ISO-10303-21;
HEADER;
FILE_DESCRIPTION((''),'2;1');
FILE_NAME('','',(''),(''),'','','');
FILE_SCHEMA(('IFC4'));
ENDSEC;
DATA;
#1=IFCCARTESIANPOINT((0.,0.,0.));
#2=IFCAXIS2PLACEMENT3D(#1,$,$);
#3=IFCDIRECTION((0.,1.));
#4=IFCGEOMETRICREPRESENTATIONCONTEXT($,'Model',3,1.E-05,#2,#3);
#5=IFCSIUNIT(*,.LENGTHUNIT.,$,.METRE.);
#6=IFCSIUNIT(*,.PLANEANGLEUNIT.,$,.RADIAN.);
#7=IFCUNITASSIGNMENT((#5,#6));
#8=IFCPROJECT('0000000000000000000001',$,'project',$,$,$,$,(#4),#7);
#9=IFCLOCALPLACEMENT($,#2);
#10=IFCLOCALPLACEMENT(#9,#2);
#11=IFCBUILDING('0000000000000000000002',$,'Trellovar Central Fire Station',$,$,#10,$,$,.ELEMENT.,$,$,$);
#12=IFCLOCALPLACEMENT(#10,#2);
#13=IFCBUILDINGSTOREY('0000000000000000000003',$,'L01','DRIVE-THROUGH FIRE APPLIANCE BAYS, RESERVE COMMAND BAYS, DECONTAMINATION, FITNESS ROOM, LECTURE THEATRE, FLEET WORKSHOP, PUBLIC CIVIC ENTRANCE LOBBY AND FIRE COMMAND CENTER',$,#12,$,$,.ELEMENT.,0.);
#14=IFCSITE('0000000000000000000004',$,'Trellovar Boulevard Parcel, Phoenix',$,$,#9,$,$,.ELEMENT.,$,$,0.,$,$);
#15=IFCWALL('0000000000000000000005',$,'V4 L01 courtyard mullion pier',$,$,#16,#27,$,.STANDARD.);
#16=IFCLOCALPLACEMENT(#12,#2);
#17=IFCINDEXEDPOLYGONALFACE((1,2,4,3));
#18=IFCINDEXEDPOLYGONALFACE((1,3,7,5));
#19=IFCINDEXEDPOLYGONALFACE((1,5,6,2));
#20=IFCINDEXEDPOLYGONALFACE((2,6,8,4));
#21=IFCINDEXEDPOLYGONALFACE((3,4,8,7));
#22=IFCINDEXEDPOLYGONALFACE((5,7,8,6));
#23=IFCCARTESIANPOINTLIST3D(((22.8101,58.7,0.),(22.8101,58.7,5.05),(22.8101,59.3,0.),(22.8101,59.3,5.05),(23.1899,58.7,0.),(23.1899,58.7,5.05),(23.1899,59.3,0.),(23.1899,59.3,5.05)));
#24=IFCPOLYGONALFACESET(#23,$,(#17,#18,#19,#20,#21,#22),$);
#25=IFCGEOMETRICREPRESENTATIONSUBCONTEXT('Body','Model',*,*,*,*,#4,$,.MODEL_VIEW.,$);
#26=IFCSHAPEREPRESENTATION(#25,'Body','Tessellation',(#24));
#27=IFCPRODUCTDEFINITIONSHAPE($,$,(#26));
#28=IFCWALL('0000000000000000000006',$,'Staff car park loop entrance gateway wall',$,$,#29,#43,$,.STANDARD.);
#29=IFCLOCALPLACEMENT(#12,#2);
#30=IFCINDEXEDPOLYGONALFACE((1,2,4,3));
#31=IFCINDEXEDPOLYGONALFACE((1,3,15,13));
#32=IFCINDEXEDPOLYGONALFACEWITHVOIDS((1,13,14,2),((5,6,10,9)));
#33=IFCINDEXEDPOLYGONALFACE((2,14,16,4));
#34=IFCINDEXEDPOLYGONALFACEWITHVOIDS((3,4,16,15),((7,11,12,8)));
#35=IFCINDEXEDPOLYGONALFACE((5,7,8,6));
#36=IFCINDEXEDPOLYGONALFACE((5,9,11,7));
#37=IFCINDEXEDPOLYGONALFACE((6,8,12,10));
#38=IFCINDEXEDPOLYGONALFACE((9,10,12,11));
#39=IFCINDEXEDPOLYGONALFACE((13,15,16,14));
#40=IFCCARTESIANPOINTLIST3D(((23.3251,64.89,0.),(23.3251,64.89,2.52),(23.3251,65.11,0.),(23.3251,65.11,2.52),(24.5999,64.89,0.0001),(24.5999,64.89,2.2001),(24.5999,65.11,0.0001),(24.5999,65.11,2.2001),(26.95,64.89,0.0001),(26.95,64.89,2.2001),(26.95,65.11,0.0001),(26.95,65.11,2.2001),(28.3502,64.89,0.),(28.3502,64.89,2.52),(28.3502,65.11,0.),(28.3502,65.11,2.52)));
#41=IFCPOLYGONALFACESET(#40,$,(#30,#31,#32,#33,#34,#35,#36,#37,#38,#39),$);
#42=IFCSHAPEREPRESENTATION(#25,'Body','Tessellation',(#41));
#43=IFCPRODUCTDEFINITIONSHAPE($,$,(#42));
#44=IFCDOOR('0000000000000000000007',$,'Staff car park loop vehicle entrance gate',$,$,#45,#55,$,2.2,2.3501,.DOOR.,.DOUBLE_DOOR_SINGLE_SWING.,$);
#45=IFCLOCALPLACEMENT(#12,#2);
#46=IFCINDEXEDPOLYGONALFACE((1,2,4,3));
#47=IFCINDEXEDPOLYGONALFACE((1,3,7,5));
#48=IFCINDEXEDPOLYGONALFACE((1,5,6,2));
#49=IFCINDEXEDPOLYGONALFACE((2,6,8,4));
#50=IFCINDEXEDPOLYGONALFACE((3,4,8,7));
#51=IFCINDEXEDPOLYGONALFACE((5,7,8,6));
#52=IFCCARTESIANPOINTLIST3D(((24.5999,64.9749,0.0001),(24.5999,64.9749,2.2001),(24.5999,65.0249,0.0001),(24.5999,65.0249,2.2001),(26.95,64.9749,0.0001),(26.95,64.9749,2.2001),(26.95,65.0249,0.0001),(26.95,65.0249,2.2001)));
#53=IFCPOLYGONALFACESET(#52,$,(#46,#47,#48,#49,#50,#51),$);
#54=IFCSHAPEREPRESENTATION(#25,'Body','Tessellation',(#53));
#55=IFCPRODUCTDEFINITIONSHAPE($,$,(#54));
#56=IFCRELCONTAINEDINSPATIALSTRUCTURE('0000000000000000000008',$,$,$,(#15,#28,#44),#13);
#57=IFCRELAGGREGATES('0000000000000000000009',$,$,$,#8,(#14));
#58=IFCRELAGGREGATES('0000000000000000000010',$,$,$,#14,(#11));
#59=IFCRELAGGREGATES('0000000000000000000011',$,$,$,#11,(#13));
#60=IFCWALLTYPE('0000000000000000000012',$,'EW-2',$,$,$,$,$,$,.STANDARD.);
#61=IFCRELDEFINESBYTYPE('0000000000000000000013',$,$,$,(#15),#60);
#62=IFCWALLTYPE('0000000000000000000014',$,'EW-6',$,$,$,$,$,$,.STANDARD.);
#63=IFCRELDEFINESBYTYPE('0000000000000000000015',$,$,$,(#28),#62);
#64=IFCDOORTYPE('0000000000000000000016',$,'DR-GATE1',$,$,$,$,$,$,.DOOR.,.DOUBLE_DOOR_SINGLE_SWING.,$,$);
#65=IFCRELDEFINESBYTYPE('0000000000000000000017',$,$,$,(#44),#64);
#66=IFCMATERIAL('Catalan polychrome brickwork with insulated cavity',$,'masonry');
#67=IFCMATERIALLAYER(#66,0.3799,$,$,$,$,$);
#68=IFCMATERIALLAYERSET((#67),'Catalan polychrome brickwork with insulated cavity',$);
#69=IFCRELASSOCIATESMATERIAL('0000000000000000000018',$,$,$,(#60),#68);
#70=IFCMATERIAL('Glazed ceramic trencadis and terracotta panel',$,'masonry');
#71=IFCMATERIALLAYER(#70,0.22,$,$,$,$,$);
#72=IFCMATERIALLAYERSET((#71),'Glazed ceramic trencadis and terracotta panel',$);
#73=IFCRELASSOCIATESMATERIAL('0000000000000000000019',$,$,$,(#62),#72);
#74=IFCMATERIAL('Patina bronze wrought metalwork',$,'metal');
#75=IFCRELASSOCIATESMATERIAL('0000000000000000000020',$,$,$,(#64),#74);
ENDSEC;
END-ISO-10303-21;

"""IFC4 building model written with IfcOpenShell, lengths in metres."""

from ifc_helpers import new_model, si_unit, direction, frame, frame_2d, origin, place, context, subcontext, project, spatial, rectangle, extrude, material, layer, layer_set, type_object, element, fill, save


model = new_model("IFC4")

# Units and contexts
model_context = context("Model", 3, precision=1e-05, world=origin(), true_north=direction((0.0, 1.0)))
body_context = subcontext(model_context, "Body", "Model", "MODEL_VIEW")
ifc_project = project(units=[si_unit("LENGTHUNIT", "METRE"), si_unit("PLANEANGLEUNIT", "RADIAN")], contexts=[model_context])

# Site, building, storey
site_placement = place(None, origin())
site = spatial("IfcSite", under=ifc_project, at=site_placement, Name="Trellovar Boulevard Parcel, Phoenix", CompositionType="ELEMENT", RefElevation=0.0)
building_placement = place(site_placement, origin())
building = spatial("IfcBuilding", under=site, at=building_placement, Name="Trellovar Central Fire Station", CompositionType="ELEMENT")
storey_placement = place(building_placement, origin())
storey = spatial("IfcBuildingStorey", under=building, at=storey_placement, Name="L01", Description="DRIVE-THROUGH FIRE APPLIANCE BAYS, RESERVE COMMAND BAYS, DECONTAMINATION, FITNESS ROOM, LECTURE THEATRE, FLEET WORKSHOP, PUBLIC CIVIC ENTRANCE LOBBY AND FIRE COMMAND CENTER", CompositionType="ELEMENT", Elevation=0.0)

# Wall
ifc_material_1 = material(Name="Catalan polychrome brickwork with insulated cavity", Category="masonry")
ifc_layer_1 = layer(ifc_material_1, 0.3799)
ifc_layer_set_1 = layer_set([ifc_layer_1], Name="Catalan polychrome brickwork with insulated cavity")
wall_type_1 = type_object("IfcWallType", Name="EW-2", PredefinedType="STANDARD", material=ifc_layer_set_1)
wall_1_placement = place(storey_placement, frame((23.0, 58.7, 0.0), z_axis=(0.0, 0.0, 1.0), x_axis=(0.0, 1.0, 0.0)))
element("IfcWall", 1, at=wall_1_placement, inside=storey, type_object=wall_type_1, Name="V4 L01 courtyard mullion pier", PredefinedType="STANDARD", context=body_context, shape_type="SweptSolid", body=[
    extrude(rectangle(XDim=0.6001, YDim=0.3799, at=frame_2d((0.3, 0.0))), origin(), (0.0, 0.0, 1.0), 5.05),
])

# Wall, opening, door
ifc_material_2 = material(Name="Glazed ceramic trencadis and terracotta panel", Category="masonry")
ifc_layer_2 = layer(ifc_material_2, 0.22)
ifc_layer_set_2 = layer_set([ifc_layer_2], Name="Glazed ceramic trencadis and terracotta panel")
wall_type_2 = type_object("IfcWallType", Name="EW-6", PredefinedType="STANDARD", material=ifc_layer_set_2)
wall_2_placement = place(storey_placement, frame((23.325, 65.0, 0.0), z_axis=(0.0, 0.0, 1.0), x_axis=(1.0, 0.0, 0.0)))
wall_2 = element("IfcWall", 2, at=wall_2_placement, inside=storey, type_object=wall_type_2, Name="Staff car park loop entrance gateway wall", PredefinedType="STANDARD", context=body_context, shape_type="SweptSolid", body=[
    extrude(rectangle(XDim=5.0251, YDim=0.22, at=frame_2d((2.5127, 0.0))), origin(), (0.0, 0.0, 1.0), 2.52),
])
opening_placement = place(wall_2_placement, frame((1.2749, 0.0, 0.0)))
opening = element("IfcOpeningElement", 3, at=opening_placement, cuts=wall_2, PredefinedType="OPENING", context=body_context, shape_type="SweptSolid", body=[
    extrude(rectangle(XDim=2.3501, YDim=2.2, at=frame_2d((1.175, 1.1001))), frame((0.0, 0.1199, 0.0), z_axis=(0.0, -1.0, 0.0), x_axis=(1.0, 0.0, 0.0)), (0.0, 0.0, 1.0), 0.24),
])
ifc_material_3 = material(Name="Patina bronze wrought metalwork", Category="metal")
door_type = type_object("IfcDoorType", Name="DR-GATE1", OperationType="DOUBLE_DOOR_SINGLE_SWING", PredefinedType="DOOR", material=ifc_material_3)
door_placement = place(opening_placement, origin())
door = element("IfcDoor", 4, at=door_placement, inside=storey, type_object=door_type, Name="Staff car park loop vehicle entrance gate", OperationType="DOUBLE_DOOR_SINGLE_SWING", OverallHeight=2.2, OverallWidth=2.3501, PredefinedType="DOOR", context=body_context, shape_type="SweptSolid", body=[
    extrude(rectangle(XDim=2.3501, YDim=2.2, at=frame_2d((1.175, 1.1001))), frame((0.0, 0.0249, 0.0), z_axis=(0.0, -1.0, 0.0), x_axis=(1.0, 0.0, 0.0)), (0.0, 0.0, 1.0), 0.05),
])
fill(opening, door)

save(model, "model.ifc")
